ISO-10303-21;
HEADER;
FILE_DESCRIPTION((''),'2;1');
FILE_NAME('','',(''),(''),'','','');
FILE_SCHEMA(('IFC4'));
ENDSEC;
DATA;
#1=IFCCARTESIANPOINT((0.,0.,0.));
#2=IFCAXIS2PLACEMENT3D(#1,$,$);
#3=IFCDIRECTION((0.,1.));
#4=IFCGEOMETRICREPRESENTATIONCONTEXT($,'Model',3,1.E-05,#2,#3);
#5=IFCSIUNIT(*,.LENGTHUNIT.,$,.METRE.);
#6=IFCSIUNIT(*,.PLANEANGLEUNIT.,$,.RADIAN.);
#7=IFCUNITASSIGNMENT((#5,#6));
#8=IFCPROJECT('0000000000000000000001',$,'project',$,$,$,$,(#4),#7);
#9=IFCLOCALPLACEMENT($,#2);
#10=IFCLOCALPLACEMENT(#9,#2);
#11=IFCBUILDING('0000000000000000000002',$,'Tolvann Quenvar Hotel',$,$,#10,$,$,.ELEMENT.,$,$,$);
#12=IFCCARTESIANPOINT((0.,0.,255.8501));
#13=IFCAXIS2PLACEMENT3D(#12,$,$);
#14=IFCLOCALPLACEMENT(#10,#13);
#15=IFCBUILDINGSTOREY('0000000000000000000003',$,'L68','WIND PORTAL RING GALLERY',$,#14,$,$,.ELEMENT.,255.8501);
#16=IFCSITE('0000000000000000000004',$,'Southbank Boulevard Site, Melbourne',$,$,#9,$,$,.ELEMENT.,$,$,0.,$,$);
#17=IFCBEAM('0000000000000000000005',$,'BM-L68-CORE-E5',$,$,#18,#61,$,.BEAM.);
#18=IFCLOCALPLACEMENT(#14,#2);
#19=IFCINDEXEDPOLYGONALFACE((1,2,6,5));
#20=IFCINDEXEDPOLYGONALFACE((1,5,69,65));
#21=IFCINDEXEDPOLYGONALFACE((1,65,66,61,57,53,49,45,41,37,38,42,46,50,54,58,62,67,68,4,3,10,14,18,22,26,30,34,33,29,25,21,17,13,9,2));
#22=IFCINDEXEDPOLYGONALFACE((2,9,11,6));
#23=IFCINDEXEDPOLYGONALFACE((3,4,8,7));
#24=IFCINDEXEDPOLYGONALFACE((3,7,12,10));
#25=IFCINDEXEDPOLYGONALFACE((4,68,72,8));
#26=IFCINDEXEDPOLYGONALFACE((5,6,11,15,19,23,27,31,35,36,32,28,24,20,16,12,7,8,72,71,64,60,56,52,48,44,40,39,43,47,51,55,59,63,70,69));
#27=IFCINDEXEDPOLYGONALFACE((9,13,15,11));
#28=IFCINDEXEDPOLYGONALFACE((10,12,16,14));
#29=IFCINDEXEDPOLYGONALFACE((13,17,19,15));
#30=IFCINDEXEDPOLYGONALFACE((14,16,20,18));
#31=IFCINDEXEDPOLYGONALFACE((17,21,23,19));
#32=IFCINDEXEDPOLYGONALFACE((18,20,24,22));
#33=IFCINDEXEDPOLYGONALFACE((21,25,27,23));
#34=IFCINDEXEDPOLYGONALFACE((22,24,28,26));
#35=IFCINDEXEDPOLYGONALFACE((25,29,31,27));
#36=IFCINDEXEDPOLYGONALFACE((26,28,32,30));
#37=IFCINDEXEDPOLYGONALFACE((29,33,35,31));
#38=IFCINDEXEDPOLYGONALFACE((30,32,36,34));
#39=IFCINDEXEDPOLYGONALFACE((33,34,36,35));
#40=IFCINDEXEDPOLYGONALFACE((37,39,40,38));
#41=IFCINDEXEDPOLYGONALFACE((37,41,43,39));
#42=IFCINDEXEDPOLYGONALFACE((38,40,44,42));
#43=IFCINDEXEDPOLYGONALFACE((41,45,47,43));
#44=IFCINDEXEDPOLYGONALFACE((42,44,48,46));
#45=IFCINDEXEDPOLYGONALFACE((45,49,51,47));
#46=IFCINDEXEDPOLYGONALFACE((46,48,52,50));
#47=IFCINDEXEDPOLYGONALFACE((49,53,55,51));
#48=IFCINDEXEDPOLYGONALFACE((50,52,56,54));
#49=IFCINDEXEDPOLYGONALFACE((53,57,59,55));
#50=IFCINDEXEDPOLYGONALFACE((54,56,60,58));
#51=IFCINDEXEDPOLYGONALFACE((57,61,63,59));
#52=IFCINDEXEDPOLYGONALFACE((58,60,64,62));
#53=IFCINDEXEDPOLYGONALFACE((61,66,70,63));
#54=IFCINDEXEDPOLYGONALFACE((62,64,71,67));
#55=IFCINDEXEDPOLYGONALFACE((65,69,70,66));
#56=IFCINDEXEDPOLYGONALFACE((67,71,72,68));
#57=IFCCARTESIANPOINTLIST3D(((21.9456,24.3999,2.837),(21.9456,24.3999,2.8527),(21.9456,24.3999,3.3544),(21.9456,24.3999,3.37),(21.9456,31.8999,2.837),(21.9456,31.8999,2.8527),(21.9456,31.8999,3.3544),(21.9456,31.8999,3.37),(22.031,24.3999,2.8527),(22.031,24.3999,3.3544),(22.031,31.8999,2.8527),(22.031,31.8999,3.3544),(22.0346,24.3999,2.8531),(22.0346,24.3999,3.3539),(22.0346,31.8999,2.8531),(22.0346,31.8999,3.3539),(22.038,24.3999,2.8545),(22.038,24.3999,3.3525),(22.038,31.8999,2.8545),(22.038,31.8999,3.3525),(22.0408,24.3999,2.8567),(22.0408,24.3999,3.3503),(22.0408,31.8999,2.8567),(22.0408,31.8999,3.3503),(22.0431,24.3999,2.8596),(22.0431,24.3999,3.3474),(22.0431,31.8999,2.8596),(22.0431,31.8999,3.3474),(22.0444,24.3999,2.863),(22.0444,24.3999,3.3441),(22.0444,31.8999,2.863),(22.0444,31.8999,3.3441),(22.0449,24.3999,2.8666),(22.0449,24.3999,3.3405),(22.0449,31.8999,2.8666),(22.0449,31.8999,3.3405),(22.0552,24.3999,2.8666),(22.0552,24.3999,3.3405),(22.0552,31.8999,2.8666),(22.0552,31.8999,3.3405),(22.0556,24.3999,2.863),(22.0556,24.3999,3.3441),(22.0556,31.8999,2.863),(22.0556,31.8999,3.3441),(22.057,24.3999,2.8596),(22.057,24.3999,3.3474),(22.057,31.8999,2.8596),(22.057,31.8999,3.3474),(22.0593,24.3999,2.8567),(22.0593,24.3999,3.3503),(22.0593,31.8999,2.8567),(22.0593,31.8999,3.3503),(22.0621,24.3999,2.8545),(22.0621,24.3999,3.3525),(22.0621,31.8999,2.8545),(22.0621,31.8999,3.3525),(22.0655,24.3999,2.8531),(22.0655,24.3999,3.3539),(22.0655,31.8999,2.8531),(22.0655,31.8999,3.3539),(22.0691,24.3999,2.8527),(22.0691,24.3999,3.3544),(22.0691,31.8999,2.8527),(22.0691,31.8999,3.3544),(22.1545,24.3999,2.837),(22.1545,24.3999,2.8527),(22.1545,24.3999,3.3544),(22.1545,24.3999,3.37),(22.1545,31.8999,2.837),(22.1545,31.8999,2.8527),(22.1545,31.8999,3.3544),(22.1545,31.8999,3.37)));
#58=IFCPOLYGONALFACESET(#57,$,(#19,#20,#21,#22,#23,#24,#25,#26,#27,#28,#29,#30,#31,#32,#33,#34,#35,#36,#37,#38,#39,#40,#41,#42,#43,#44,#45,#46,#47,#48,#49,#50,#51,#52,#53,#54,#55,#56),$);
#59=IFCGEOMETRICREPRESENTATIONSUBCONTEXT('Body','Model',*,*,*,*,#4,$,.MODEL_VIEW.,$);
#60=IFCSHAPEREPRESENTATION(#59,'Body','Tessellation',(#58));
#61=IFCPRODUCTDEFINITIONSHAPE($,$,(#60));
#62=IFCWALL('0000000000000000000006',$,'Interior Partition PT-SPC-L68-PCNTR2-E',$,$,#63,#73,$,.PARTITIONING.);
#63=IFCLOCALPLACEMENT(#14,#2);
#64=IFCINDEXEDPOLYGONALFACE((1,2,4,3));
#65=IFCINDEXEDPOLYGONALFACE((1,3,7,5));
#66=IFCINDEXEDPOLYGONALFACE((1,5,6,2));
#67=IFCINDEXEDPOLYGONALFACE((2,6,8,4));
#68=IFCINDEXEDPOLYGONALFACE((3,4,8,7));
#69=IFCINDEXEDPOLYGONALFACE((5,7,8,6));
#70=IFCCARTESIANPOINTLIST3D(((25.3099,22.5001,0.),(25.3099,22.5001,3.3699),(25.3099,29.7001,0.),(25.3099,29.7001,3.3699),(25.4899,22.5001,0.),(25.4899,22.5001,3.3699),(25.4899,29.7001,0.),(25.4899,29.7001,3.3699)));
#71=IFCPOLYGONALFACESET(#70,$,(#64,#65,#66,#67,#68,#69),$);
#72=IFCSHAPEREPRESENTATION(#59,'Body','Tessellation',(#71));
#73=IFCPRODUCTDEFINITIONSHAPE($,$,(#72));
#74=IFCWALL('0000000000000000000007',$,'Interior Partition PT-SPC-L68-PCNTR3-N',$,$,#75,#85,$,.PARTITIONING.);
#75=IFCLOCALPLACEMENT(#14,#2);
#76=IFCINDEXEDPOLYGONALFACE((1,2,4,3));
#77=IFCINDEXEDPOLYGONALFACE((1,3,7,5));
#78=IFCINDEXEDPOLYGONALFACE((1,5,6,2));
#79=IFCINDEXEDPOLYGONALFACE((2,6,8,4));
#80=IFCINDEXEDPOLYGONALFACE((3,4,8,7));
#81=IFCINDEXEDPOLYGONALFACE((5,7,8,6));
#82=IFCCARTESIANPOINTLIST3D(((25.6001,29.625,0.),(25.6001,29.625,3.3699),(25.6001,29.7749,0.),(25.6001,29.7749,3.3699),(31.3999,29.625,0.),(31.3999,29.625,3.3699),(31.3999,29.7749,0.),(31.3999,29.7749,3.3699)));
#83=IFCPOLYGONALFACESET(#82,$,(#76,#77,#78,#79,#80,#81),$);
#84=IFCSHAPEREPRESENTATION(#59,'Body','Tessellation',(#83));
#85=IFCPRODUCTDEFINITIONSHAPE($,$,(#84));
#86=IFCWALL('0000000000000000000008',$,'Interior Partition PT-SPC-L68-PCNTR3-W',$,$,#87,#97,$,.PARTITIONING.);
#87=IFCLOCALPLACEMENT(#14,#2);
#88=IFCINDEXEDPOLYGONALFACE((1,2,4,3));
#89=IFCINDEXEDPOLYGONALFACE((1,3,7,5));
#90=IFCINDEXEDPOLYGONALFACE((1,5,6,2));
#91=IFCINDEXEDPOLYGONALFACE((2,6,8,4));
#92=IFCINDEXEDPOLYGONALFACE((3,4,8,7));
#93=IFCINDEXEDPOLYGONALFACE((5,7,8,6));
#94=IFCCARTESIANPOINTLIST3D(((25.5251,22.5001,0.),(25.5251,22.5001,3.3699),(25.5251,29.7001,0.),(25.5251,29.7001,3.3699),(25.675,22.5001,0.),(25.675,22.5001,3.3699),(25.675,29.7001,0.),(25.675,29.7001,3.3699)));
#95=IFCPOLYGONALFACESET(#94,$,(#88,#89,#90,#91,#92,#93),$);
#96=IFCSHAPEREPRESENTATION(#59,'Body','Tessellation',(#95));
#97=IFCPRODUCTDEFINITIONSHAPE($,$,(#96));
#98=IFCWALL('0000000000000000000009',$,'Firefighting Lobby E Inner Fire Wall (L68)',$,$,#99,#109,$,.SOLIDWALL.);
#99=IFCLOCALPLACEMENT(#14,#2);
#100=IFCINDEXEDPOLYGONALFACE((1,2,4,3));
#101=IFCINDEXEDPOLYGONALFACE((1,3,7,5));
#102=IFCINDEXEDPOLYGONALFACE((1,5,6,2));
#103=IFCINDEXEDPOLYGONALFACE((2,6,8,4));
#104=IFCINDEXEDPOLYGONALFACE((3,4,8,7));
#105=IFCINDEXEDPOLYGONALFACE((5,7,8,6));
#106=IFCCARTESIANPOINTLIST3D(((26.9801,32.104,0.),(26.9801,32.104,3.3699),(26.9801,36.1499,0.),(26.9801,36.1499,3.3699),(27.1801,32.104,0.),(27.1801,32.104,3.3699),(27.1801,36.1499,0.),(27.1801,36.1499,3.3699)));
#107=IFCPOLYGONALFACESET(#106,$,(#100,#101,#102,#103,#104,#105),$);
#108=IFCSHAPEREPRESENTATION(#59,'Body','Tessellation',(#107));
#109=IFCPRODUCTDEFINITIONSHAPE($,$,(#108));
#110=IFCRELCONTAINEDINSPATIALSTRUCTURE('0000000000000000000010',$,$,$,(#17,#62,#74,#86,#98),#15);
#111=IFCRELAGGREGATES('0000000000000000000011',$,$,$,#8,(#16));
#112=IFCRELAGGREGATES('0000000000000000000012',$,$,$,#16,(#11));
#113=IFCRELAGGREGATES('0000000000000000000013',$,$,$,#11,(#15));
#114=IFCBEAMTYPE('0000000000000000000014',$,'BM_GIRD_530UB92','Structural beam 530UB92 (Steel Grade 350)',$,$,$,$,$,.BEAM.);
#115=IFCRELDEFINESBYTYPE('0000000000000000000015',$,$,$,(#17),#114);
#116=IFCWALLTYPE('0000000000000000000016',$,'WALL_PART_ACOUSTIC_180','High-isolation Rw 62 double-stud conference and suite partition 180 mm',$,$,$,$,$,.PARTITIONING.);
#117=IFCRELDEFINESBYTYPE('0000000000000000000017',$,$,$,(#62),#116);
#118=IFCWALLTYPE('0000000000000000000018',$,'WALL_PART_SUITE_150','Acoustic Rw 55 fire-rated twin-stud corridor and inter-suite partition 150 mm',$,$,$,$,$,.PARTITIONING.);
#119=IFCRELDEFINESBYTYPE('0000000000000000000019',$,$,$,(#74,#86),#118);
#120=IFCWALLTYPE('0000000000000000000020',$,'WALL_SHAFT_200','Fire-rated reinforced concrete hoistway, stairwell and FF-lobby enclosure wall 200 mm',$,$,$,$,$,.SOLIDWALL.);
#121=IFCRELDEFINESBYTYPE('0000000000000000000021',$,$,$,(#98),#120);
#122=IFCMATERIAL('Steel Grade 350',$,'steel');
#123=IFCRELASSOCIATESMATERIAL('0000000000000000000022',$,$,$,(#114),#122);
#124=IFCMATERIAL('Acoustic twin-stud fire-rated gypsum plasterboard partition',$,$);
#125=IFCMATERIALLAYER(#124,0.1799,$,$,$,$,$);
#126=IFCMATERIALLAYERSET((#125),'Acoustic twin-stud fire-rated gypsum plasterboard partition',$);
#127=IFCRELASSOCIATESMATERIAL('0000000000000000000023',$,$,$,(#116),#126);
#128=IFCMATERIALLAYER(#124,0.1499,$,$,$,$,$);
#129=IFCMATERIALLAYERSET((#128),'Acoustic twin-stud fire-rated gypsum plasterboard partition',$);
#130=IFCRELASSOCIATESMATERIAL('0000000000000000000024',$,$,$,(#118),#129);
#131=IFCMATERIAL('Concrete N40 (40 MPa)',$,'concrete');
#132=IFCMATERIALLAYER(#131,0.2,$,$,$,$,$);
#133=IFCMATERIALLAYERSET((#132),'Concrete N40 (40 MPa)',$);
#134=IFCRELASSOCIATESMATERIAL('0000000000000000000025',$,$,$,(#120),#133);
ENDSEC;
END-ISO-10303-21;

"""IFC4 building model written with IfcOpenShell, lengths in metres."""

from ifc_helpers import new_model, si_unit, direction, frame, frame_2d, origin, origin_2d, place, context, subcontext, project, spatial, rectangle, i_section, extrude, source, transform, mapped, material, layer, layer_set, material_profile, profile_set, type_object, element, save


model = new_model("IFC4")

# Units and contexts
model_context = context("Model", 3, precision=1e-05, world=origin(), true_north=direction((0.0, 1.0)))
body_context = subcontext(model_context, "Body", "Model", "MODEL_VIEW")
ifc_project = project(units=[si_unit("LENGTHUNIT", "METRE"), si_unit("PLANEANGLEUNIT", "RADIAN")], contexts=[model_context])

# Site, building, storey
site_placement = place(None, origin())
site = spatial("IfcSite", under=ifc_project, at=site_placement, Name="Southbank Boulevard Site, Melbourne", CompositionType="ELEMENT", RefElevation=0.0)
building_placement = place(site_placement, origin())
building = spatial("IfcBuilding", under=site, at=building_placement, Name="Tolvann Quenvar Hotel", CompositionType="ELEMENT")
storey_placement = place(building_placement, frame((0.0, 0.0, 255.8501)))
storey = spatial("IfcBuildingStorey", under=building, at=storey_placement, Name="L68", Description="WIND PORTAL RING GALLERY", CompositionType="ELEMENT", Elevation=255.8501)

# Shared definitions
ifc_material_1 = material(Name="Steel Grade 350", Category="steel")

# Beam
ifc_material_profile_1 = material_profile(ifc_material_1, i_section(OverallWidth=0.209, OverallDepth=0.533, WebThickness=0.0103, FlangeThickness=0.0156, FilletRadius=0.0139, at=origin_2d()), Name="530UB92")
ifc_profile_set_1 = profile_set([ifc_material_profile_1], Name="Steel Grade 350")
beam_type_1 = type_object("IfcBeamType", Name="BM_GIRD_530UB92", Description="Structural beam 530UB92 (Steel Grade 350)", PredefinedType="BEAM", material=ifc_profile_set_1)
shared_shape_1 = source(origin(), body_context, "Body", "SweptSolid", [
    extrude(i_section(OverallWidth=0.209, OverallDepth=0.533, WebThickness=0.0103, FlangeThickness=0.0156, FilletRadius=0.0139, at=origin_2d()), origin(), (0.0, 0.0, 1.0), 7.5),
])
beam_1_placement = place(storey_placement, frame((22.05, 24.3999, 3.1035), z_axis=(0.0, 1.0, 0.0), x_axis=(-1.0, 0.0, 0.0)))
element("IfcBeam", 1, at=beam_1_placement, inside=storey, type_object=beam_type_1, Name="BM-L68-CORE-E5", PredefinedType="BEAM", context=body_context, shape_type="MappedRepresentation", body=[
    mapped(shared_shape_1, transform((0.0, 0.0, 0.0), x_axis=(1.0, 0.0, 0.0), y_axis=(0.0, 1.0, 0.0), z_axis=(0.0, 0.0, 1.0), scale=1.0)),
])

# Wall
ifc_material_2 = material(Name="Acoustic twin-stud fire-rated gypsum plasterboard partition")
ifc_layer_1 = layer(ifc_material_2, 0.1799)
ifc_layer_set_1 = layer_set([ifc_layer_1], Name="Acoustic twin-stud fire-rated gypsum plasterboard partition")
wall_type_1 = type_object("IfcWallType", Name="WALL_PART_ACOUSTIC_180", Description="High-isolation Rw 62 double-stud conference and suite partition 180 mm", PredefinedType="PARTITIONING", material=ifc_layer_set_1)
wall_1_placement = place(storey_placement, frame((25.3999, 22.5, 0.0), z_axis=(0.0, 0.0, 1.0), x_axis=(0.0, 1.0, 0.0)))
element("IfcWall", 2, at=wall_1_placement, inside=storey, type_object=wall_type_1, Name="Interior Partition PT-SPC-L68-PCNTR2-E", PredefinedType="PARTITIONING", context=body_context, shape_type="SweptSolid", body=[
    extrude(rectangle(XDim=7.2, YDim=0.1799, at=frame_2d((3.6001, 0.0))), origin(), (0.0, 0.0, 1.0), 3.3699),
])

# Shared definitions
ifc_layer_2 = layer(ifc_material_2, 0.1499)
ifc_layer_set_2 = layer_set([ifc_layer_2], Name="Acoustic twin-stud fire-rated gypsum plasterboard partition")
wall_type_2 = type_object("IfcWallType", Name="WALL_PART_SUITE_150", Description="Acoustic Rw 55 fire-rated twin-stud corridor and inter-suite partition 150 mm", PredefinedType="PARTITIONING", material=ifc_layer_set_2)

# Walls
wall_2_placement = place(storey_placement, frame((25.6001, 29.7, 0.0), z_axis=(0.0, 0.0, 1.0), x_axis=(1.0, 0.0, 0.0)))
element("IfcWall", 3, at=wall_2_placement, inside=storey, type_object=wall_type_2, Name="Interior Partition PT-SPC-L68-PCNTR3-N", PredefinedType="PARTITIONING", context=body_context, shape_type="SweptSolid", body=[
    extrude(rectangle(XDim=5.7998, YDim=0.1499, at=frame_2d((2.8999, 0.0))), origin(), (0.0, 0.0, 1.0), 3.3699),
])
wall_3_placement = place(storey_placement, frame((25.6001, 22.5, 0.0), z_axis=(0.0, 0.0, 1.0), x_axis=(0.0, 1.0, 0.0)))
element("IfcWall", 4, at=wall_3_placement, inside=storey, type_object=wall_type_2, Name="Interior Partition PT-SPC-L68-PCNTR3-W", PredefinedType="PARTITIONING", context=body_context, shape_type="SweptSolid", body=[
    extrude(rectangle(XDim=7.2, YDim=0.1499, at=frame_2d((3.6001, 0.0))), origin(), (0.0, 0.0, 1.0), 3.3699),
])
ifc_material_3 = material(Name="Concrete N40 (40 MPa)", Category="concrete")
ifc_layer_3 = layer(ifc_material_3, 0.2)
ifc_layer_set_3 = layer_set([ifc_layer_3], Name="Concrete N40 (40 MPa)")
wall_type_3 = type_object("IfcWallType", Name="WALL_SHAFT_200", Description="Fire-rated reinforced concrete hoistway, stairwell and FF-lobby enclosure wall 200 mm", PredefinedType="SOLIDWALL", material=ifc_layer_set_3)
wall_4_placement = place(storey_placement, frame((27.0801, 32.104, 0.0), z_axis=(0.0, 0.0, 1.0), x_axis=(0.0, 1.0, 0.0)))
element("IfcWall", 5, at=wall_4_placement, inside=storey, type_object=wall_type_3, Name="Firefighting Lobby E Inner Fire Wall (L68)", PredefinedType="SOLIDWALL", context=body_context, shape_type="SweptSolid", body=[
    extrude(rectangle(XDim=4.0459, YDim=0.2, at=frame_2d((2.0229, 0.0))), origin(), (0.0, 0.0, 1.0), 3.3699),
])

save(model, "model.ifc")
